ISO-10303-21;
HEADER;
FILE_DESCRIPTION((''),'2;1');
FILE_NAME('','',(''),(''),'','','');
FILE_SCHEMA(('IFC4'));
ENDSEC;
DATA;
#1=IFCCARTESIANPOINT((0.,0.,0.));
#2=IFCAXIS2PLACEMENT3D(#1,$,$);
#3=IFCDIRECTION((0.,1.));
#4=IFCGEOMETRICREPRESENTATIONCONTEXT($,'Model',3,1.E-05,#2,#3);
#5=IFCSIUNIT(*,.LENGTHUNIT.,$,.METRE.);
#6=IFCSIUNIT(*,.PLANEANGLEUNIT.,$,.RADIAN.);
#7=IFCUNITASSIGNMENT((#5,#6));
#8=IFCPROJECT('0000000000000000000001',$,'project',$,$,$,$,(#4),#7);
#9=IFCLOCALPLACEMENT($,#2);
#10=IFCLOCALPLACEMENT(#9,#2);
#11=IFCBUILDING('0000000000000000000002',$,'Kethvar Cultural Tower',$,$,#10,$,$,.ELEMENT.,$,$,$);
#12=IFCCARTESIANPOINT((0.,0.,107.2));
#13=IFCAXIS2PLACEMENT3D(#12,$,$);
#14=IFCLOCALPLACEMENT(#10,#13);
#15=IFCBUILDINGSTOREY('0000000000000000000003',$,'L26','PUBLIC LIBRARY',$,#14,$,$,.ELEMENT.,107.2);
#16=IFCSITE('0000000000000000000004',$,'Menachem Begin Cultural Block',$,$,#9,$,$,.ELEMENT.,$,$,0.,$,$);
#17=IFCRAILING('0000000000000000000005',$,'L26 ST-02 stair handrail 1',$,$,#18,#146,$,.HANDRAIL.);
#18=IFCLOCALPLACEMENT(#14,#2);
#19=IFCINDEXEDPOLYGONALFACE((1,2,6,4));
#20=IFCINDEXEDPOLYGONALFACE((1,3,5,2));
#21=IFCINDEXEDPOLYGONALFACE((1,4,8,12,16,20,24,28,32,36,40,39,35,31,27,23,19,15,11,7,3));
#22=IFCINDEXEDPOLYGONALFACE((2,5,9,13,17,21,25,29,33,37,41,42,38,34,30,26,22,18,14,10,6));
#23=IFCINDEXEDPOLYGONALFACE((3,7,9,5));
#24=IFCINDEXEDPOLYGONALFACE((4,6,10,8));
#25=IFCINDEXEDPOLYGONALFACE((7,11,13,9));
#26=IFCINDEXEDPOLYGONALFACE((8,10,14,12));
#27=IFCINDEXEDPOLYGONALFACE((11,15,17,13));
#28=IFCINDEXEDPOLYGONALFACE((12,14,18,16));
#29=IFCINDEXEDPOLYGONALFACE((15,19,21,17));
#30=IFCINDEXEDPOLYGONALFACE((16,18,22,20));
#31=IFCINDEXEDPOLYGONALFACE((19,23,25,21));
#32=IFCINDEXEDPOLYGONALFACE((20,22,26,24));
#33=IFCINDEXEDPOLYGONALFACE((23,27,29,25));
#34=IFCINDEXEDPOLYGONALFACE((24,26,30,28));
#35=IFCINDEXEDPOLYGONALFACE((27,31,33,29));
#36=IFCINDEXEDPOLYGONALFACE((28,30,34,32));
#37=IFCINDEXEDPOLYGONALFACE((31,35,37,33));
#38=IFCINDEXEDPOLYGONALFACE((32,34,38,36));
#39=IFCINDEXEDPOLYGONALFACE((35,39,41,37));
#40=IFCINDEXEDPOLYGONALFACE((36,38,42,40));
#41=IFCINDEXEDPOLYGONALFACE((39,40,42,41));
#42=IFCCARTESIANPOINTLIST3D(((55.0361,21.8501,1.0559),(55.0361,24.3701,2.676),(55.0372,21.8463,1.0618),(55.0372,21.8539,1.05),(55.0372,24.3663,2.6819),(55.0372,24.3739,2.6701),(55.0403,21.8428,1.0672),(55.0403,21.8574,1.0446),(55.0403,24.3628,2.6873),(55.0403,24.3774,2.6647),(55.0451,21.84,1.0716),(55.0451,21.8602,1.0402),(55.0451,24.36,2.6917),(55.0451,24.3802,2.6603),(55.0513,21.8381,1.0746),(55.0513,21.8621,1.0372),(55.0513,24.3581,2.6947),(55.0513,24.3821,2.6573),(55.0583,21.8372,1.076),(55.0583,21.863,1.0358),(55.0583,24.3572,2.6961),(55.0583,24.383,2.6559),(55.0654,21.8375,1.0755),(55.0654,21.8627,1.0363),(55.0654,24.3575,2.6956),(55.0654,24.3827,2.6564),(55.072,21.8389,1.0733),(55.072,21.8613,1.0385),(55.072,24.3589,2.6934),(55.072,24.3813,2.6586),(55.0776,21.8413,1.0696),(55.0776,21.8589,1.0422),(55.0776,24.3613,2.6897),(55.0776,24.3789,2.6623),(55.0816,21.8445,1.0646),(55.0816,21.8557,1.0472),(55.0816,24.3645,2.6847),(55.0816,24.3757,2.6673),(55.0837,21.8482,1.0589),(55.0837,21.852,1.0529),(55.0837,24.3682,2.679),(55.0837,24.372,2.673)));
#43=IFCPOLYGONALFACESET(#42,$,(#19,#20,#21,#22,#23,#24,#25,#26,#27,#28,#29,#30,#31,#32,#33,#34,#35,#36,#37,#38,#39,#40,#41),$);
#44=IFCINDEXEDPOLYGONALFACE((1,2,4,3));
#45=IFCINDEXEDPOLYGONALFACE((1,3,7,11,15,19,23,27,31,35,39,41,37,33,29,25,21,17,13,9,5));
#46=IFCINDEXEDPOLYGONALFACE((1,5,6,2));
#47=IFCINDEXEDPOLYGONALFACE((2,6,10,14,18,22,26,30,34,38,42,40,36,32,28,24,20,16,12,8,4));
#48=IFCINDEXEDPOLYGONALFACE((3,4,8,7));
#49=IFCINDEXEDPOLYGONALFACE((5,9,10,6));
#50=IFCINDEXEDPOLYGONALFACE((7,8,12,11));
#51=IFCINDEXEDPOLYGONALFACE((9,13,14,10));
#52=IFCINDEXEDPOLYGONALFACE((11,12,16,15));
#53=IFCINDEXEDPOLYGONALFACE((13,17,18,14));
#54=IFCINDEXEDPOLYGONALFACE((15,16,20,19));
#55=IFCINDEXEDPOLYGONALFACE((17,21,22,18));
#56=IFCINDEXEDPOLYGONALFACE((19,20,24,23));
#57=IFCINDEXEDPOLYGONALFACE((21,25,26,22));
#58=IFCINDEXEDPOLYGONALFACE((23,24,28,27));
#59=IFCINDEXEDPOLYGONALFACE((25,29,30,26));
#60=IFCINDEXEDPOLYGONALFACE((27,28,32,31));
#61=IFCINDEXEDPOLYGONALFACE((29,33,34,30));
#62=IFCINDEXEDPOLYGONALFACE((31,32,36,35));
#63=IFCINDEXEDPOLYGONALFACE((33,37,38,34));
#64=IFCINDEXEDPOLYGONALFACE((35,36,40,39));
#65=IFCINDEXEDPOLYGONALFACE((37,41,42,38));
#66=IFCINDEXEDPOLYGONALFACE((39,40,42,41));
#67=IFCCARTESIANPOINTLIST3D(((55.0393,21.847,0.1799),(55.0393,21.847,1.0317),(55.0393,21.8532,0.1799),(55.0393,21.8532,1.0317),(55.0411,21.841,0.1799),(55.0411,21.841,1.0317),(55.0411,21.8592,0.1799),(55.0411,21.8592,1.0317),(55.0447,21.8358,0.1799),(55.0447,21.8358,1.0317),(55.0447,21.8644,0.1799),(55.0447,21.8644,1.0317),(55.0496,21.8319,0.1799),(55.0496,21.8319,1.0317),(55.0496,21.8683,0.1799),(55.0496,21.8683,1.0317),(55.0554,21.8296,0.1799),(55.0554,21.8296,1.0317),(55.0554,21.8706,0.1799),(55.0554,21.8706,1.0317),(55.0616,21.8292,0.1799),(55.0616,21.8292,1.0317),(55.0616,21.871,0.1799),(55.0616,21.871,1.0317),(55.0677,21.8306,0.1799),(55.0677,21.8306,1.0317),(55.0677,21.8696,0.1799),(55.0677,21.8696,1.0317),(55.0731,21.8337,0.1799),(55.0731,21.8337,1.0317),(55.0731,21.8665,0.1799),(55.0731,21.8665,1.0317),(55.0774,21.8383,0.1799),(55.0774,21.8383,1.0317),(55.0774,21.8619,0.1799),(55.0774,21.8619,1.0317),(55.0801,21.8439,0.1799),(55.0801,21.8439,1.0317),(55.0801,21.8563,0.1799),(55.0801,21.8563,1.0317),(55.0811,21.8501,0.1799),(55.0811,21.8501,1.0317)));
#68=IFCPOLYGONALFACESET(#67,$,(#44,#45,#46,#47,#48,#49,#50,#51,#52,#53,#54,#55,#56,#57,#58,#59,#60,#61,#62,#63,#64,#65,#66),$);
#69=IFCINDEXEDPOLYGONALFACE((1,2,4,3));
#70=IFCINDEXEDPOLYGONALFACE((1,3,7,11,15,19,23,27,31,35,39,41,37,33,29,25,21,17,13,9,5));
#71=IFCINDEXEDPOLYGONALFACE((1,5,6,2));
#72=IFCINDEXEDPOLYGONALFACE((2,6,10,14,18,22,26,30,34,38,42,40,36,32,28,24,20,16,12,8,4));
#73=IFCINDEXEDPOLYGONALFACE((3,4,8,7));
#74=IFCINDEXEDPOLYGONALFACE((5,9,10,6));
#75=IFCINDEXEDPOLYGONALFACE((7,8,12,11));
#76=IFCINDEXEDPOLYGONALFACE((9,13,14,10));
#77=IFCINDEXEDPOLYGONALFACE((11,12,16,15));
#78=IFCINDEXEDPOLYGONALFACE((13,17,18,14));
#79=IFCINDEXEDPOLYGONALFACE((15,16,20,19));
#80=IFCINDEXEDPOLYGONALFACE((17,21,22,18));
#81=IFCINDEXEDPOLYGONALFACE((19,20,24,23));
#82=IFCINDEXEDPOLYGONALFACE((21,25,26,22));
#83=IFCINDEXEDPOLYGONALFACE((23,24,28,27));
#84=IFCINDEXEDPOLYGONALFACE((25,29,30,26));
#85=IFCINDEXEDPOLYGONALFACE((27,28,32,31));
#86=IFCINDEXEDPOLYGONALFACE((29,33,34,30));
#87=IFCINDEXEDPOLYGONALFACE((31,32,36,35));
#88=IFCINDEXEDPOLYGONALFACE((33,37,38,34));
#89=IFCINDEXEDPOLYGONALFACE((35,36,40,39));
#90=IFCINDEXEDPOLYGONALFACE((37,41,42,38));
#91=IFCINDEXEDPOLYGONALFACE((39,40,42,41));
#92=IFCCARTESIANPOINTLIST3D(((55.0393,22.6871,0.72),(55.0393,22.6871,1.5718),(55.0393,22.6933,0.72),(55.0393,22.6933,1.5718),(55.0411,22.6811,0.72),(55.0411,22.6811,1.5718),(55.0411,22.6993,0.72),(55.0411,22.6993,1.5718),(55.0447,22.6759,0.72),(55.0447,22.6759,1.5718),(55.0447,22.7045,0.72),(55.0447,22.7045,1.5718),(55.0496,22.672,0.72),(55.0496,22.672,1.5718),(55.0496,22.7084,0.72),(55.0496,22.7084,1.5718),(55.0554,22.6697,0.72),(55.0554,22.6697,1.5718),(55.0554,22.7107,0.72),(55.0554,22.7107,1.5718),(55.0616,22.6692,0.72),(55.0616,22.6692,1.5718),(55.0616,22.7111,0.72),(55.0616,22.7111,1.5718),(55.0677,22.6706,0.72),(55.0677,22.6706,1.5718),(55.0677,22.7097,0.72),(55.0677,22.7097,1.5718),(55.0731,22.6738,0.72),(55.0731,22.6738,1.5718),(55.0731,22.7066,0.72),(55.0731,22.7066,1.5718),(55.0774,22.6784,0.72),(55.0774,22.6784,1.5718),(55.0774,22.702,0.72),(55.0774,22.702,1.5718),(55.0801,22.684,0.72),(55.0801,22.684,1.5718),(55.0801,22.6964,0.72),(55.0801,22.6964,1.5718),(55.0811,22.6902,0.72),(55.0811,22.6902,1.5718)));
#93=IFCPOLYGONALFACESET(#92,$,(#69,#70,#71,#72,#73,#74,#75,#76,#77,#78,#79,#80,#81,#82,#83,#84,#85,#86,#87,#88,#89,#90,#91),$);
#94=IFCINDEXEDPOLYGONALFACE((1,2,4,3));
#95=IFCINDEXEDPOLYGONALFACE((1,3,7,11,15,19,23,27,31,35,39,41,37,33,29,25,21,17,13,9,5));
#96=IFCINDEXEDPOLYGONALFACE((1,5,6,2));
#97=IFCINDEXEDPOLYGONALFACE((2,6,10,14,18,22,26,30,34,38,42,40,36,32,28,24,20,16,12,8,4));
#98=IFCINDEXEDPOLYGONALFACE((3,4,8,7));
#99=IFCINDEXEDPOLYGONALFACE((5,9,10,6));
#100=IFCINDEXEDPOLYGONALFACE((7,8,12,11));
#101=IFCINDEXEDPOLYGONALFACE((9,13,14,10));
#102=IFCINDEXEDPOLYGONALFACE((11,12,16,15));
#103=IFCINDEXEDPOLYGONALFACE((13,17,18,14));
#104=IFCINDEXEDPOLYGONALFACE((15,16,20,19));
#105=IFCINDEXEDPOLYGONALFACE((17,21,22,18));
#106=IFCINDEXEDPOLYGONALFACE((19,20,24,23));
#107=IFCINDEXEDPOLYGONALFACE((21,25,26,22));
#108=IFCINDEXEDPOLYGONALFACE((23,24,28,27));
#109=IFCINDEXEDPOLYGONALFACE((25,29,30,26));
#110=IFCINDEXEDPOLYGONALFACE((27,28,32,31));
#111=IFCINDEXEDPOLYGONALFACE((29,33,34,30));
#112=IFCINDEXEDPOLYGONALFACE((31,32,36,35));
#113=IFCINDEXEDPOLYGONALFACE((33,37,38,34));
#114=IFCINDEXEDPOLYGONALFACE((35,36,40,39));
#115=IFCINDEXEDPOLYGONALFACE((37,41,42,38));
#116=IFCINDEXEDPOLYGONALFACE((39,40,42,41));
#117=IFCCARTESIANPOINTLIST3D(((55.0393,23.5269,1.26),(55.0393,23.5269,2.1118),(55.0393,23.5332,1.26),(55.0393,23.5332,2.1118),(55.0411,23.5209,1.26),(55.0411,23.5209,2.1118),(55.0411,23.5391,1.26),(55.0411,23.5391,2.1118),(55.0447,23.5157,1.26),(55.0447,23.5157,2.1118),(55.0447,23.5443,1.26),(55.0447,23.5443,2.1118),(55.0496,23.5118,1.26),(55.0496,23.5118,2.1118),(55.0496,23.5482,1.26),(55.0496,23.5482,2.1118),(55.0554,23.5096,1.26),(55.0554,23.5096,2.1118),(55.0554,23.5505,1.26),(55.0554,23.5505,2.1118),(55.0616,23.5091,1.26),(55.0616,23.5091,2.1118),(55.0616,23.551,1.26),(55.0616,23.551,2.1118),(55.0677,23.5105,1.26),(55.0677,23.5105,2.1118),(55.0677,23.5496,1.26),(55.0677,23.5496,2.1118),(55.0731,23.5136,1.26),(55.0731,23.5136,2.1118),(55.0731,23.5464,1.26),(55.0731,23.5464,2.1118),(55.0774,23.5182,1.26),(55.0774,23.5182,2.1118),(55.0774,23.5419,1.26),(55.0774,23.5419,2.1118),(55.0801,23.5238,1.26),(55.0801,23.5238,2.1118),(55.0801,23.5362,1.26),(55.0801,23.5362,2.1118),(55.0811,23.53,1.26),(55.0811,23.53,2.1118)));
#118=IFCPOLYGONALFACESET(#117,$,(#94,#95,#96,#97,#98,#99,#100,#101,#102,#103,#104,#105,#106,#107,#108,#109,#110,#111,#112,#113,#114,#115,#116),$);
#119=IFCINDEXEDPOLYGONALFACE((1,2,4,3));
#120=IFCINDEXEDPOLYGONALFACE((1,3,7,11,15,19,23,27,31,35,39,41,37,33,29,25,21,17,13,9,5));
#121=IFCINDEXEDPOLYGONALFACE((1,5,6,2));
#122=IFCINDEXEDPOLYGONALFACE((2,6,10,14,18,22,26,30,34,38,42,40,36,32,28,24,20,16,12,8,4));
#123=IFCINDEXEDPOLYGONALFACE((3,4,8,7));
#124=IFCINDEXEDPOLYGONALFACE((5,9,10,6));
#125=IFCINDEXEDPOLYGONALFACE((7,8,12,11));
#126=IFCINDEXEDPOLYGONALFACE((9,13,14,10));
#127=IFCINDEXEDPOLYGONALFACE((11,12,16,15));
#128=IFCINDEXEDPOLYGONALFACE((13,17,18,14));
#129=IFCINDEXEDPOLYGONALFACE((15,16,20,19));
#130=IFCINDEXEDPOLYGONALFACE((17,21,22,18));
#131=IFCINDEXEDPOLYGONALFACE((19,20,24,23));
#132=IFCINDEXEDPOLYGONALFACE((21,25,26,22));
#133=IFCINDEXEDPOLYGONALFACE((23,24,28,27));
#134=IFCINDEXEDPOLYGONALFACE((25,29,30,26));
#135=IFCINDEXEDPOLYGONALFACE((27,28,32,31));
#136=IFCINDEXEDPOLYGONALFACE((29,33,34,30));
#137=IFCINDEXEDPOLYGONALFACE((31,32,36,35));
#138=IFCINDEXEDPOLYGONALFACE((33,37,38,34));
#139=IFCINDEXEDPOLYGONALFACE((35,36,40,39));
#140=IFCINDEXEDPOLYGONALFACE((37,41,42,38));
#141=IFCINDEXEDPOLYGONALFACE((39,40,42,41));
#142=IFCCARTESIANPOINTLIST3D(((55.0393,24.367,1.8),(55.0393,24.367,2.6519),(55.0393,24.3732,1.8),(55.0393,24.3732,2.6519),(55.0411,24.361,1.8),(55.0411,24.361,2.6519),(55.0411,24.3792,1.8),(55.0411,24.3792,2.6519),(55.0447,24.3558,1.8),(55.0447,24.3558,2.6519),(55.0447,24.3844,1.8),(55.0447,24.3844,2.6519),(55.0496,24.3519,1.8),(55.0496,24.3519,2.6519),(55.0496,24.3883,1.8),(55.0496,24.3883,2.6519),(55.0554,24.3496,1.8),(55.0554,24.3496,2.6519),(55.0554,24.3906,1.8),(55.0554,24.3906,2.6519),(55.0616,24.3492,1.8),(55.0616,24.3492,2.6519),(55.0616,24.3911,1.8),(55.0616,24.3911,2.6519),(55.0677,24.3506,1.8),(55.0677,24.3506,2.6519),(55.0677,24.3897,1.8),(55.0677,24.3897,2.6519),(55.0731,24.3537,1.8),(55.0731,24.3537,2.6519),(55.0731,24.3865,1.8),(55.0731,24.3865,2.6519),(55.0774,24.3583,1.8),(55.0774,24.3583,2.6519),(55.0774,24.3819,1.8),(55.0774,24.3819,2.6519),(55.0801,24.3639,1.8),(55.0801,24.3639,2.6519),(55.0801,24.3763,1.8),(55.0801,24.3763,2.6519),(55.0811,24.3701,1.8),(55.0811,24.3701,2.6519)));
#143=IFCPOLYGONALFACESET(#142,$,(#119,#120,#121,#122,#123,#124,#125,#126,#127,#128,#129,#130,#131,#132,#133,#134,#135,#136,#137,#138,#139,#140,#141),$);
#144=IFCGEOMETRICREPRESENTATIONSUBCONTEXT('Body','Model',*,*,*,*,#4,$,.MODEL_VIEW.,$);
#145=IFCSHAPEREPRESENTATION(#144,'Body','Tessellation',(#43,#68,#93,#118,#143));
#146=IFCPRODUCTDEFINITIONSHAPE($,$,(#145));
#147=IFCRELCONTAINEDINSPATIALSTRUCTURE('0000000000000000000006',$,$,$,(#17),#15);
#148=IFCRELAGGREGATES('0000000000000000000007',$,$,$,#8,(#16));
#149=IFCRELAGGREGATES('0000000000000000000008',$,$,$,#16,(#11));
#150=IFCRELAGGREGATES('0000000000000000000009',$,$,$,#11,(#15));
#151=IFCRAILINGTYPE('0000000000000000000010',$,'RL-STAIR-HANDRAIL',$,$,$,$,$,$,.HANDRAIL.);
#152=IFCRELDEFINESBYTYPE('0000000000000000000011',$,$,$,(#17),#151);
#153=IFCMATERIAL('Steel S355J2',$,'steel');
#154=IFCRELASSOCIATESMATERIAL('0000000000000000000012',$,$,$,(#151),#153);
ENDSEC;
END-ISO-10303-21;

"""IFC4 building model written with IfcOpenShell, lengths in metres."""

from ifc_helpers import new_model, si_unit, direction, frame, origin, origin_2d, place, context, subcontext, project, spatial, circle, extrude, material, type_object, element, save


model = new_model("IFC4")

# Units and contexts
model_context = context("Model", 3, precision=1e-05, world=origin(), true_north=direction((0.0, 1.0)))
body_context = subcontext(model_context, "Body", "Model", "MODEL_VIEW")
ifc_project = project(units=[si_unit("LENGTHUNIT", "METRE"), si_unit("PLANEANGLEUNIT", "RADIAN")], contexts=[model_context])

# Site, building, storey
site_placement = place(None, origin())
site = spatial("IfcSite", under=ifc_project, at=site_placement, Name="Menachem Begin Cultural Block", CompositionType="ELEMENT", RefElevation=0.0)
building_placement = place(site_placement, origin())
building = spatial("IfcBuilding", under=site, at=building_placement, Name="Kethvar Cultural Tower", CompositionType="ELEMENT")
storey_placement = place(building_placement, frame((0.0, 0.0, 107.2)))
storey = spatial("IfcBuildingStorey", under=building, at=storey_placement, Name="L26", Description="PUBLIC LIBRARY", CompositionType="ELEMENT", Elevation=107.2)

# Shared definitions
ifc_material_1 = material(Name="Steel S355J2", Category="steel")

# Railing
railing_type_1 = type_object("IfcRailingType", Name="RL-STAIR-HANDRAIL", PredefinedType="HANDRAIL", material=ifc_material_1)
railing_1_placement = place(storey_placement, frame((55.0601, 21.8501, 0.1799)))
element("IfcRailing", 1, at=railing_1_placement, inside=storey, type_object=railing_type_1, Name="L26 ST-02 stair handrail 1", PredefinedType="HANDRAIL", context=body_context, shape_type="SweptSolid", body=[
    extrude(circle(Radius=0.0239, at=origin_2d()), frame((0.0, 0.0, 0.876), z_axis=(0.0, 0.841163, 0.540782), x_axis=(-1.0, 0.0, 0.0)), (0.0, 0.0, 1.0), 2.9958),
    extrude(circle(Radius=0.021, at=origin_2d()), origin(), (0.0, 0.0, 1.0), 0.8518),
    extrude(circle(Radius=0.021, at=origin_2d()), frame((0.0, 0.8401, 0.54)), (0.0, 0.0, 1.0), 0.8518),
    extrude(circle(Radius=0.021, at=origin_2d()), frame((0.0, 1.6799, 1.0801)), (0.0, 0.0, 1.0), 0.8518),
    extrude(circle(Radius=0.021, at=origin_2d()), frame((0.0, 2.52, 1.6201)), (0.0, 0.0, 1.0), 0.8518),
])

save(model, "model.ifc")
